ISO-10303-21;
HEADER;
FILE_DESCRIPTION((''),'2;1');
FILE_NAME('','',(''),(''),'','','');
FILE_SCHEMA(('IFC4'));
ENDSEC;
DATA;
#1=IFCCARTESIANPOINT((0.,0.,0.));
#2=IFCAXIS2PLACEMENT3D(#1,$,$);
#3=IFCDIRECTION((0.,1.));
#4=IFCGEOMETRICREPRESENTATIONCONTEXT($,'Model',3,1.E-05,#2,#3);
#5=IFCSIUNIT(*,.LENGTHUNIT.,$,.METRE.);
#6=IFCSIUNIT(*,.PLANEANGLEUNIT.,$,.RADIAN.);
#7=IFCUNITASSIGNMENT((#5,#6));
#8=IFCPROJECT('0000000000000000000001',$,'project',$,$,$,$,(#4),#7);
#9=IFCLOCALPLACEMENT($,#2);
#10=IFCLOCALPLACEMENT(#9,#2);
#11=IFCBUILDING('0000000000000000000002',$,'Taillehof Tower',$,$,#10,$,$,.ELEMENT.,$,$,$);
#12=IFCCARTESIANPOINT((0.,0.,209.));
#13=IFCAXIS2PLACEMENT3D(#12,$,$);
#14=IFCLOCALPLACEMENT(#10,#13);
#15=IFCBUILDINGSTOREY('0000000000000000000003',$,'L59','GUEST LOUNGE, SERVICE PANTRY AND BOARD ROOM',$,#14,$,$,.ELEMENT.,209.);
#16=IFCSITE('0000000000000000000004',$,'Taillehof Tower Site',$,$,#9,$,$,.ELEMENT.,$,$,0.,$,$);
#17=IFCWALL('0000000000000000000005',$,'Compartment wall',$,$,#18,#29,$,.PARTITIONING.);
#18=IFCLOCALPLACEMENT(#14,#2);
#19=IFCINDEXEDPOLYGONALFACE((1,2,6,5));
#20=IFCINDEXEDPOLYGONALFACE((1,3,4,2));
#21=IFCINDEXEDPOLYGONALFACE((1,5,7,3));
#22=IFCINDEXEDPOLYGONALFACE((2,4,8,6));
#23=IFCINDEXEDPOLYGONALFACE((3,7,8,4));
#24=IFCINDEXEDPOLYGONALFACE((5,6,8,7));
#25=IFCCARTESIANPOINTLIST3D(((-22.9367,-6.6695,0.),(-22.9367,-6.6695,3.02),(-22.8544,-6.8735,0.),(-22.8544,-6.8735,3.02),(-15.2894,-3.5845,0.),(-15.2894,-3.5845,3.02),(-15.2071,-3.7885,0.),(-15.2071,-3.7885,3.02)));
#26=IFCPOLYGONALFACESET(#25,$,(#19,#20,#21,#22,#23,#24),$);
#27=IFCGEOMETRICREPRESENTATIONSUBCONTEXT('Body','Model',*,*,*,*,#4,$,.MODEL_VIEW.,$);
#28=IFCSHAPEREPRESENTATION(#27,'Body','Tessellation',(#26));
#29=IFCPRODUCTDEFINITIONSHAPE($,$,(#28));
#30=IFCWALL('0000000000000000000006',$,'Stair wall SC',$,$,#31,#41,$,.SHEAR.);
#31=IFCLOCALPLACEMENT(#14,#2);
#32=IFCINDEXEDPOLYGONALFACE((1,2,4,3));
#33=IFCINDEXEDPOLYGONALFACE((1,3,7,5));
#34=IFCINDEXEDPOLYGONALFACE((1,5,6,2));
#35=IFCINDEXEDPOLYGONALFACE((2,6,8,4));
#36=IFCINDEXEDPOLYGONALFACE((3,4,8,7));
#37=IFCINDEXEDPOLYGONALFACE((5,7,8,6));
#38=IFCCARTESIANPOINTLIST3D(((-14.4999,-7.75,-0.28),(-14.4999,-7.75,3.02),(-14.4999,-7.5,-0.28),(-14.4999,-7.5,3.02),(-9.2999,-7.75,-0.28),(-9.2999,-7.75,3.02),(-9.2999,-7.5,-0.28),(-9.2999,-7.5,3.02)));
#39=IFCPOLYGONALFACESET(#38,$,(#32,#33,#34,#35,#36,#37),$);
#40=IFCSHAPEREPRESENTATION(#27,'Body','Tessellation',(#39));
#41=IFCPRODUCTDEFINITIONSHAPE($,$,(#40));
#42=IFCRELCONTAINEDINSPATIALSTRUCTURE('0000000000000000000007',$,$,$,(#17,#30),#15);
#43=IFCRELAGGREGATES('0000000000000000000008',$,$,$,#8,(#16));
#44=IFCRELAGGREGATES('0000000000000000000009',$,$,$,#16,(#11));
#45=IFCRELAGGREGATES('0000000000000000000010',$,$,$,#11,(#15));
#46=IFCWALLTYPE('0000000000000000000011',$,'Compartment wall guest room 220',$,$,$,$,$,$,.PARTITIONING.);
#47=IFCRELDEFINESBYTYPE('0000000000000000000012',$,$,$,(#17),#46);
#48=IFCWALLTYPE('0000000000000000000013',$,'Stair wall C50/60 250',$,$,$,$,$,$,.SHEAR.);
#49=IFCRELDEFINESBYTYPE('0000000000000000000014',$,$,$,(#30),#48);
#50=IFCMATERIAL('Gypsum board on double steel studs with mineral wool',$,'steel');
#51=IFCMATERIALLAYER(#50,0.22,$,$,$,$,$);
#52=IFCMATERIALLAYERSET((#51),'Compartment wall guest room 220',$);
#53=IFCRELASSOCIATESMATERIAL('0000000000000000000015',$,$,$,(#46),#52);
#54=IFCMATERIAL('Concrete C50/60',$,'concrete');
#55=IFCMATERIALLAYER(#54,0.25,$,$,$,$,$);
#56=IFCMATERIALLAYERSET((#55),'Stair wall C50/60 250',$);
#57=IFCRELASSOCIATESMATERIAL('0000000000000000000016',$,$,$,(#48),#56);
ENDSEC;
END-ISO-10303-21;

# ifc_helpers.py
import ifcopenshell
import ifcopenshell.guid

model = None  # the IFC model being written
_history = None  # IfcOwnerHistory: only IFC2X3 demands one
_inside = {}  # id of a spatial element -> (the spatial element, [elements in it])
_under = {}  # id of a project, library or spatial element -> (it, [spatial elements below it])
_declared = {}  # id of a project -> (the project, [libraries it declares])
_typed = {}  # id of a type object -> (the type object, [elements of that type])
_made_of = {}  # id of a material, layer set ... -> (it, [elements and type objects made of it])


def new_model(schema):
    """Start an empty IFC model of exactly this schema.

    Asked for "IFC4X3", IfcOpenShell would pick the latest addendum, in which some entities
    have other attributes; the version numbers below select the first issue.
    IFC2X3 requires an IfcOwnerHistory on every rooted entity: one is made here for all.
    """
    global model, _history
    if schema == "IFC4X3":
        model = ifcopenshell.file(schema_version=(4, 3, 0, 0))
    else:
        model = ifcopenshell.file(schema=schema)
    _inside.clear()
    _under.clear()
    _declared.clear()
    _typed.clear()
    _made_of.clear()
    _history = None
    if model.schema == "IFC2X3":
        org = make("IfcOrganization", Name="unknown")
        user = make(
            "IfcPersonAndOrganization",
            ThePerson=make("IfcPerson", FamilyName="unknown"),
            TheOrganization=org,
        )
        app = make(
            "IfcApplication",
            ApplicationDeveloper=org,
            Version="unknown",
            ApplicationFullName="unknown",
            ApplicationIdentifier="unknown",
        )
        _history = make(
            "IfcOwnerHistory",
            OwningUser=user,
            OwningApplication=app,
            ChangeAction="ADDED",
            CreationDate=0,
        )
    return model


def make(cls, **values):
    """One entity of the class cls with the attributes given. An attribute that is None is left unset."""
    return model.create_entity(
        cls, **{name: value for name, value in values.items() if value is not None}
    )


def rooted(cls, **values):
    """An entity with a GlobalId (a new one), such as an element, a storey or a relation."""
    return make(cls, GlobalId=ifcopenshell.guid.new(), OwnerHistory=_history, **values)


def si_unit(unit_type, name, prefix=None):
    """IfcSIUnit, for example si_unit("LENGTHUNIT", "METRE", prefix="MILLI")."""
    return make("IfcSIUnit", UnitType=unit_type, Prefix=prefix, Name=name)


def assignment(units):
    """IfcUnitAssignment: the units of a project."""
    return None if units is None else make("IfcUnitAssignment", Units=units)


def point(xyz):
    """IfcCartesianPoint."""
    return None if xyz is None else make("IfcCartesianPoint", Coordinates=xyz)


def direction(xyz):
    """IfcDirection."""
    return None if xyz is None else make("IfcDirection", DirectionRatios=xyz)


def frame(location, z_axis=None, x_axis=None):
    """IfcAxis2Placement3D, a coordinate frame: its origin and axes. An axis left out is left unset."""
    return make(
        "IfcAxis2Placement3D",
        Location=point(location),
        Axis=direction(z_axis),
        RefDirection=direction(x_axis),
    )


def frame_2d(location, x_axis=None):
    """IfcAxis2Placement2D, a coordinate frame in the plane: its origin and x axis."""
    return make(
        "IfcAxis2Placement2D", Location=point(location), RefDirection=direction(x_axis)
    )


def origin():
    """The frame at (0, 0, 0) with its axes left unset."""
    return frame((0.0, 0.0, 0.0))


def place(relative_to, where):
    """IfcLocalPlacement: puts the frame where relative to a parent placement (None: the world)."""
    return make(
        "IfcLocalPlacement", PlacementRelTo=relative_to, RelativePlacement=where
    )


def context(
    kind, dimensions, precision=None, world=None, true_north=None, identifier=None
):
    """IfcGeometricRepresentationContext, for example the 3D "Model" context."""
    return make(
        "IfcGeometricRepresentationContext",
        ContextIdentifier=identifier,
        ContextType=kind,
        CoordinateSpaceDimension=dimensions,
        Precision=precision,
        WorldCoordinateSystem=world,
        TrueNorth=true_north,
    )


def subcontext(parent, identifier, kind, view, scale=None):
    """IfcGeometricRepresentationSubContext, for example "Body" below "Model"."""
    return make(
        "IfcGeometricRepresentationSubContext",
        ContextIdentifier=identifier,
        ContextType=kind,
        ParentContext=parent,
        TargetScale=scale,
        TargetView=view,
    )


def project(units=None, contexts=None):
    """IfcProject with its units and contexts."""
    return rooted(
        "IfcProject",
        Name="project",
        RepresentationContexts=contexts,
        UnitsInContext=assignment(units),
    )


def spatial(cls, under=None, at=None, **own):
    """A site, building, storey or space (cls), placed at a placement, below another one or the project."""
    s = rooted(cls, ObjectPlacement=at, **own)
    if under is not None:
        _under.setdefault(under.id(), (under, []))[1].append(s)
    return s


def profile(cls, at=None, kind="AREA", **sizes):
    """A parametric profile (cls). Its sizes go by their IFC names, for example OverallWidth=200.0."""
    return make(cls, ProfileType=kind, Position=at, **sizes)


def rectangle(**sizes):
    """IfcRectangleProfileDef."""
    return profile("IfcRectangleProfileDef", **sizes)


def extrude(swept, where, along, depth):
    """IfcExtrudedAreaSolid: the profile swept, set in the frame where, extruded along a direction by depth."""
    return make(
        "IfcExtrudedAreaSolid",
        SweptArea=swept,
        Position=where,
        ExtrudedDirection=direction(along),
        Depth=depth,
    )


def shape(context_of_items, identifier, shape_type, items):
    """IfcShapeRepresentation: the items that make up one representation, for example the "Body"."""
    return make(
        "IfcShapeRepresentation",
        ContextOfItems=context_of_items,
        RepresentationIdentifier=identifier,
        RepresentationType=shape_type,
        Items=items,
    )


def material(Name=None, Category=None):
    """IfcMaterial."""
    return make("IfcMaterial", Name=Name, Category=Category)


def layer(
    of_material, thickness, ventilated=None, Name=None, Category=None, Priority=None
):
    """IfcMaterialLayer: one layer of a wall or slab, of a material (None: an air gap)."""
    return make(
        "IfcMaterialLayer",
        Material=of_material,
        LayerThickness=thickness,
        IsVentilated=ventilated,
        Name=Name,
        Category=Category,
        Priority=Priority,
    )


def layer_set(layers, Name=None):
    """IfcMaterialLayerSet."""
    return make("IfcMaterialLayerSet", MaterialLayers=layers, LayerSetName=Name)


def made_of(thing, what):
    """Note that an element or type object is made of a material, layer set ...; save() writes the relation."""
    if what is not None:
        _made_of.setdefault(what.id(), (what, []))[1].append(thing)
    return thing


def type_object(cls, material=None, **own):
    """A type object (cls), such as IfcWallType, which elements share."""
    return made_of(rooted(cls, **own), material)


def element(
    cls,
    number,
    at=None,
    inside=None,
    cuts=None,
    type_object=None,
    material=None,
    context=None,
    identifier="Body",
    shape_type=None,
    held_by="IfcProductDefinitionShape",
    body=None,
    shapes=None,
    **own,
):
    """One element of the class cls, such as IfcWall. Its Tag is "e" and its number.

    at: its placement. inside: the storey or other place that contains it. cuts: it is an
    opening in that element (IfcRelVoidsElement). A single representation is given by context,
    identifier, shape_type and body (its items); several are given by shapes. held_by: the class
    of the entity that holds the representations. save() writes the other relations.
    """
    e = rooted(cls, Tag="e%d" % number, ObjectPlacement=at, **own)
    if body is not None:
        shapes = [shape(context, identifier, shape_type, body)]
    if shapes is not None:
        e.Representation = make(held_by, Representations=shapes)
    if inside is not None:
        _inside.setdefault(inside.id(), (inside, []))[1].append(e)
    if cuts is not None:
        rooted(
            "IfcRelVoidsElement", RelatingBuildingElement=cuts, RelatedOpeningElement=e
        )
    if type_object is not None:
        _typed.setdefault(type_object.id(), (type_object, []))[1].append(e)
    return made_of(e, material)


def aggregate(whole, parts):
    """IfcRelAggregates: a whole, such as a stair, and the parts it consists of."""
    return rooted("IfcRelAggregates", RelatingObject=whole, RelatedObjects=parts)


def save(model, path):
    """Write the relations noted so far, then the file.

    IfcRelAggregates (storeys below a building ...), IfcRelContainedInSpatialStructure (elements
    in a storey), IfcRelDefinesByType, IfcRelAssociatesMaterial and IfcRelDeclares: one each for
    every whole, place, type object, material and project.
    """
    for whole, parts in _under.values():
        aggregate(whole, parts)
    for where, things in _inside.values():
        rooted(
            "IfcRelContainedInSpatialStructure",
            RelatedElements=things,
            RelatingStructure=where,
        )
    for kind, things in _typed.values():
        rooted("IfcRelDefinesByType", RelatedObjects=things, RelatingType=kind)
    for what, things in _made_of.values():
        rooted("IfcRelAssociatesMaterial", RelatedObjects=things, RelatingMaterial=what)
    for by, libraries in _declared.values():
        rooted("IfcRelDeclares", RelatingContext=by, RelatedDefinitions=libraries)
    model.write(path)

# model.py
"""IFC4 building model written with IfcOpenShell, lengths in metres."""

from ifc_helpers import new_model, si_unit, direction, frame, frame_2d, origin, place, context, subcontext, project, spatial, rectangle, extrude, material, layer, layer_set, type_object, element, save


model = new_model("IFC4")

# Units and contexts
model_context = context("Model", 3, precision=1e-05, world=origin(), true_north=direction((0.0, 1.0)))
body_context = subcontext(model_context, "Body", "Model", "MODEL_VIEW")
ifc_project = project(units=[si_unit("LENGTHUNIT", "METRE"), si_unit("PLANEANGLEUNIT", "RADIAN")], contexts=[model_context])

# Site, building, storey
site_placement = place(None, origin())
site = spatial("IfcSite", under=ifc_project, at=site_placement, Name="Taillehof Tower Site", CompositionType="ELEMENT", RefElevation=0.0)
building_placement = place(site_placement, origin())
building = spatial("IfcBuilding", under=site, at=building_placement, Name="Taillehof Tower", CompositionType="ELEMENT")
storey_placement = place(building_placement, frame((0.0, 0.0, 209.0)))
storey = spatial("IfcBuildingStorey", under=building, at=storey_placement, Name="L59", Description="GUEST LOUNGE, SERVICE PANTRY AND BOARD ROOM", CompositionType="ELEMENT", Elevation=209.0)

# Walls
ifc_material_1 = material(Name="Gypsum board on double steel studs with mineral wool", Category="steel")
ifc_layer_1 = layer(ifc_material_1, 0.22)
ifc_layer_set_1 = layer_set([ifc_layer_1], Name="Compartment wall guest room 220")
wall_type_1 = type_object("IfcWallType", Name="Compartment wall guest room 220", PredefinedType="PARTITIONING", material=ifc_layer_set_1)
wall_1_placement = place(storey_placement, frame((-22.8955, -6.7715, 0.0), z_axis=(0.0, 0.0, 1.0), x_axis=(0.927382, 0.374115, 0.0)))
element("IfcWall", 1, at=wall_1_placement, inside=storey, type_object=wall_type_1, Name="Compartment wall", PredefinedType="PARTITIONING", context=body_context, shape_type="SweptSolid", body=[
    extrude(rectangle(XDim=8.2461, YDim=0.22, at=frame_2d((4.123, 0.0))), origin(), (0.0, 0.0, 1.0), 3.02),
])
ifc_material_2 = material(Name="Concrete C50/60", Category="concrete")
ifc_layer_2 = layer(ifc_material_2, 0.25)
ifc_layer_set_2 = layer_set([ifc_layer_2], Name="Stair wall C50/60 250")
wall_type_2 = type_object("IfcWallType", Name="Stair wall C50/60 250", PredefinedType="SHEAR", material=ifc_layer_set_2)
wall_2_placement = place(storey_placement, frame((-14.5, -7.625, -0.28), z_axis=(0.0, 0.0, 1.0), x_axis=(1.0, 0.0, 0.0)))
element("IfcWall", 2, at=wall_2_placement, inside=storey, type_object=wall_type_2, Name="Stair wall SC", PredefinedType="SHEAR", context=body_context, shape_type="SweptSolid", body=[
    extrude(rectangle(XDim=5.2, YDim=0.25, at=frame_2d((2.6001, 0.0))), origin(), (0.0, 0.0, 1.0), 3.3),
])

save(model, "model.ifc")
